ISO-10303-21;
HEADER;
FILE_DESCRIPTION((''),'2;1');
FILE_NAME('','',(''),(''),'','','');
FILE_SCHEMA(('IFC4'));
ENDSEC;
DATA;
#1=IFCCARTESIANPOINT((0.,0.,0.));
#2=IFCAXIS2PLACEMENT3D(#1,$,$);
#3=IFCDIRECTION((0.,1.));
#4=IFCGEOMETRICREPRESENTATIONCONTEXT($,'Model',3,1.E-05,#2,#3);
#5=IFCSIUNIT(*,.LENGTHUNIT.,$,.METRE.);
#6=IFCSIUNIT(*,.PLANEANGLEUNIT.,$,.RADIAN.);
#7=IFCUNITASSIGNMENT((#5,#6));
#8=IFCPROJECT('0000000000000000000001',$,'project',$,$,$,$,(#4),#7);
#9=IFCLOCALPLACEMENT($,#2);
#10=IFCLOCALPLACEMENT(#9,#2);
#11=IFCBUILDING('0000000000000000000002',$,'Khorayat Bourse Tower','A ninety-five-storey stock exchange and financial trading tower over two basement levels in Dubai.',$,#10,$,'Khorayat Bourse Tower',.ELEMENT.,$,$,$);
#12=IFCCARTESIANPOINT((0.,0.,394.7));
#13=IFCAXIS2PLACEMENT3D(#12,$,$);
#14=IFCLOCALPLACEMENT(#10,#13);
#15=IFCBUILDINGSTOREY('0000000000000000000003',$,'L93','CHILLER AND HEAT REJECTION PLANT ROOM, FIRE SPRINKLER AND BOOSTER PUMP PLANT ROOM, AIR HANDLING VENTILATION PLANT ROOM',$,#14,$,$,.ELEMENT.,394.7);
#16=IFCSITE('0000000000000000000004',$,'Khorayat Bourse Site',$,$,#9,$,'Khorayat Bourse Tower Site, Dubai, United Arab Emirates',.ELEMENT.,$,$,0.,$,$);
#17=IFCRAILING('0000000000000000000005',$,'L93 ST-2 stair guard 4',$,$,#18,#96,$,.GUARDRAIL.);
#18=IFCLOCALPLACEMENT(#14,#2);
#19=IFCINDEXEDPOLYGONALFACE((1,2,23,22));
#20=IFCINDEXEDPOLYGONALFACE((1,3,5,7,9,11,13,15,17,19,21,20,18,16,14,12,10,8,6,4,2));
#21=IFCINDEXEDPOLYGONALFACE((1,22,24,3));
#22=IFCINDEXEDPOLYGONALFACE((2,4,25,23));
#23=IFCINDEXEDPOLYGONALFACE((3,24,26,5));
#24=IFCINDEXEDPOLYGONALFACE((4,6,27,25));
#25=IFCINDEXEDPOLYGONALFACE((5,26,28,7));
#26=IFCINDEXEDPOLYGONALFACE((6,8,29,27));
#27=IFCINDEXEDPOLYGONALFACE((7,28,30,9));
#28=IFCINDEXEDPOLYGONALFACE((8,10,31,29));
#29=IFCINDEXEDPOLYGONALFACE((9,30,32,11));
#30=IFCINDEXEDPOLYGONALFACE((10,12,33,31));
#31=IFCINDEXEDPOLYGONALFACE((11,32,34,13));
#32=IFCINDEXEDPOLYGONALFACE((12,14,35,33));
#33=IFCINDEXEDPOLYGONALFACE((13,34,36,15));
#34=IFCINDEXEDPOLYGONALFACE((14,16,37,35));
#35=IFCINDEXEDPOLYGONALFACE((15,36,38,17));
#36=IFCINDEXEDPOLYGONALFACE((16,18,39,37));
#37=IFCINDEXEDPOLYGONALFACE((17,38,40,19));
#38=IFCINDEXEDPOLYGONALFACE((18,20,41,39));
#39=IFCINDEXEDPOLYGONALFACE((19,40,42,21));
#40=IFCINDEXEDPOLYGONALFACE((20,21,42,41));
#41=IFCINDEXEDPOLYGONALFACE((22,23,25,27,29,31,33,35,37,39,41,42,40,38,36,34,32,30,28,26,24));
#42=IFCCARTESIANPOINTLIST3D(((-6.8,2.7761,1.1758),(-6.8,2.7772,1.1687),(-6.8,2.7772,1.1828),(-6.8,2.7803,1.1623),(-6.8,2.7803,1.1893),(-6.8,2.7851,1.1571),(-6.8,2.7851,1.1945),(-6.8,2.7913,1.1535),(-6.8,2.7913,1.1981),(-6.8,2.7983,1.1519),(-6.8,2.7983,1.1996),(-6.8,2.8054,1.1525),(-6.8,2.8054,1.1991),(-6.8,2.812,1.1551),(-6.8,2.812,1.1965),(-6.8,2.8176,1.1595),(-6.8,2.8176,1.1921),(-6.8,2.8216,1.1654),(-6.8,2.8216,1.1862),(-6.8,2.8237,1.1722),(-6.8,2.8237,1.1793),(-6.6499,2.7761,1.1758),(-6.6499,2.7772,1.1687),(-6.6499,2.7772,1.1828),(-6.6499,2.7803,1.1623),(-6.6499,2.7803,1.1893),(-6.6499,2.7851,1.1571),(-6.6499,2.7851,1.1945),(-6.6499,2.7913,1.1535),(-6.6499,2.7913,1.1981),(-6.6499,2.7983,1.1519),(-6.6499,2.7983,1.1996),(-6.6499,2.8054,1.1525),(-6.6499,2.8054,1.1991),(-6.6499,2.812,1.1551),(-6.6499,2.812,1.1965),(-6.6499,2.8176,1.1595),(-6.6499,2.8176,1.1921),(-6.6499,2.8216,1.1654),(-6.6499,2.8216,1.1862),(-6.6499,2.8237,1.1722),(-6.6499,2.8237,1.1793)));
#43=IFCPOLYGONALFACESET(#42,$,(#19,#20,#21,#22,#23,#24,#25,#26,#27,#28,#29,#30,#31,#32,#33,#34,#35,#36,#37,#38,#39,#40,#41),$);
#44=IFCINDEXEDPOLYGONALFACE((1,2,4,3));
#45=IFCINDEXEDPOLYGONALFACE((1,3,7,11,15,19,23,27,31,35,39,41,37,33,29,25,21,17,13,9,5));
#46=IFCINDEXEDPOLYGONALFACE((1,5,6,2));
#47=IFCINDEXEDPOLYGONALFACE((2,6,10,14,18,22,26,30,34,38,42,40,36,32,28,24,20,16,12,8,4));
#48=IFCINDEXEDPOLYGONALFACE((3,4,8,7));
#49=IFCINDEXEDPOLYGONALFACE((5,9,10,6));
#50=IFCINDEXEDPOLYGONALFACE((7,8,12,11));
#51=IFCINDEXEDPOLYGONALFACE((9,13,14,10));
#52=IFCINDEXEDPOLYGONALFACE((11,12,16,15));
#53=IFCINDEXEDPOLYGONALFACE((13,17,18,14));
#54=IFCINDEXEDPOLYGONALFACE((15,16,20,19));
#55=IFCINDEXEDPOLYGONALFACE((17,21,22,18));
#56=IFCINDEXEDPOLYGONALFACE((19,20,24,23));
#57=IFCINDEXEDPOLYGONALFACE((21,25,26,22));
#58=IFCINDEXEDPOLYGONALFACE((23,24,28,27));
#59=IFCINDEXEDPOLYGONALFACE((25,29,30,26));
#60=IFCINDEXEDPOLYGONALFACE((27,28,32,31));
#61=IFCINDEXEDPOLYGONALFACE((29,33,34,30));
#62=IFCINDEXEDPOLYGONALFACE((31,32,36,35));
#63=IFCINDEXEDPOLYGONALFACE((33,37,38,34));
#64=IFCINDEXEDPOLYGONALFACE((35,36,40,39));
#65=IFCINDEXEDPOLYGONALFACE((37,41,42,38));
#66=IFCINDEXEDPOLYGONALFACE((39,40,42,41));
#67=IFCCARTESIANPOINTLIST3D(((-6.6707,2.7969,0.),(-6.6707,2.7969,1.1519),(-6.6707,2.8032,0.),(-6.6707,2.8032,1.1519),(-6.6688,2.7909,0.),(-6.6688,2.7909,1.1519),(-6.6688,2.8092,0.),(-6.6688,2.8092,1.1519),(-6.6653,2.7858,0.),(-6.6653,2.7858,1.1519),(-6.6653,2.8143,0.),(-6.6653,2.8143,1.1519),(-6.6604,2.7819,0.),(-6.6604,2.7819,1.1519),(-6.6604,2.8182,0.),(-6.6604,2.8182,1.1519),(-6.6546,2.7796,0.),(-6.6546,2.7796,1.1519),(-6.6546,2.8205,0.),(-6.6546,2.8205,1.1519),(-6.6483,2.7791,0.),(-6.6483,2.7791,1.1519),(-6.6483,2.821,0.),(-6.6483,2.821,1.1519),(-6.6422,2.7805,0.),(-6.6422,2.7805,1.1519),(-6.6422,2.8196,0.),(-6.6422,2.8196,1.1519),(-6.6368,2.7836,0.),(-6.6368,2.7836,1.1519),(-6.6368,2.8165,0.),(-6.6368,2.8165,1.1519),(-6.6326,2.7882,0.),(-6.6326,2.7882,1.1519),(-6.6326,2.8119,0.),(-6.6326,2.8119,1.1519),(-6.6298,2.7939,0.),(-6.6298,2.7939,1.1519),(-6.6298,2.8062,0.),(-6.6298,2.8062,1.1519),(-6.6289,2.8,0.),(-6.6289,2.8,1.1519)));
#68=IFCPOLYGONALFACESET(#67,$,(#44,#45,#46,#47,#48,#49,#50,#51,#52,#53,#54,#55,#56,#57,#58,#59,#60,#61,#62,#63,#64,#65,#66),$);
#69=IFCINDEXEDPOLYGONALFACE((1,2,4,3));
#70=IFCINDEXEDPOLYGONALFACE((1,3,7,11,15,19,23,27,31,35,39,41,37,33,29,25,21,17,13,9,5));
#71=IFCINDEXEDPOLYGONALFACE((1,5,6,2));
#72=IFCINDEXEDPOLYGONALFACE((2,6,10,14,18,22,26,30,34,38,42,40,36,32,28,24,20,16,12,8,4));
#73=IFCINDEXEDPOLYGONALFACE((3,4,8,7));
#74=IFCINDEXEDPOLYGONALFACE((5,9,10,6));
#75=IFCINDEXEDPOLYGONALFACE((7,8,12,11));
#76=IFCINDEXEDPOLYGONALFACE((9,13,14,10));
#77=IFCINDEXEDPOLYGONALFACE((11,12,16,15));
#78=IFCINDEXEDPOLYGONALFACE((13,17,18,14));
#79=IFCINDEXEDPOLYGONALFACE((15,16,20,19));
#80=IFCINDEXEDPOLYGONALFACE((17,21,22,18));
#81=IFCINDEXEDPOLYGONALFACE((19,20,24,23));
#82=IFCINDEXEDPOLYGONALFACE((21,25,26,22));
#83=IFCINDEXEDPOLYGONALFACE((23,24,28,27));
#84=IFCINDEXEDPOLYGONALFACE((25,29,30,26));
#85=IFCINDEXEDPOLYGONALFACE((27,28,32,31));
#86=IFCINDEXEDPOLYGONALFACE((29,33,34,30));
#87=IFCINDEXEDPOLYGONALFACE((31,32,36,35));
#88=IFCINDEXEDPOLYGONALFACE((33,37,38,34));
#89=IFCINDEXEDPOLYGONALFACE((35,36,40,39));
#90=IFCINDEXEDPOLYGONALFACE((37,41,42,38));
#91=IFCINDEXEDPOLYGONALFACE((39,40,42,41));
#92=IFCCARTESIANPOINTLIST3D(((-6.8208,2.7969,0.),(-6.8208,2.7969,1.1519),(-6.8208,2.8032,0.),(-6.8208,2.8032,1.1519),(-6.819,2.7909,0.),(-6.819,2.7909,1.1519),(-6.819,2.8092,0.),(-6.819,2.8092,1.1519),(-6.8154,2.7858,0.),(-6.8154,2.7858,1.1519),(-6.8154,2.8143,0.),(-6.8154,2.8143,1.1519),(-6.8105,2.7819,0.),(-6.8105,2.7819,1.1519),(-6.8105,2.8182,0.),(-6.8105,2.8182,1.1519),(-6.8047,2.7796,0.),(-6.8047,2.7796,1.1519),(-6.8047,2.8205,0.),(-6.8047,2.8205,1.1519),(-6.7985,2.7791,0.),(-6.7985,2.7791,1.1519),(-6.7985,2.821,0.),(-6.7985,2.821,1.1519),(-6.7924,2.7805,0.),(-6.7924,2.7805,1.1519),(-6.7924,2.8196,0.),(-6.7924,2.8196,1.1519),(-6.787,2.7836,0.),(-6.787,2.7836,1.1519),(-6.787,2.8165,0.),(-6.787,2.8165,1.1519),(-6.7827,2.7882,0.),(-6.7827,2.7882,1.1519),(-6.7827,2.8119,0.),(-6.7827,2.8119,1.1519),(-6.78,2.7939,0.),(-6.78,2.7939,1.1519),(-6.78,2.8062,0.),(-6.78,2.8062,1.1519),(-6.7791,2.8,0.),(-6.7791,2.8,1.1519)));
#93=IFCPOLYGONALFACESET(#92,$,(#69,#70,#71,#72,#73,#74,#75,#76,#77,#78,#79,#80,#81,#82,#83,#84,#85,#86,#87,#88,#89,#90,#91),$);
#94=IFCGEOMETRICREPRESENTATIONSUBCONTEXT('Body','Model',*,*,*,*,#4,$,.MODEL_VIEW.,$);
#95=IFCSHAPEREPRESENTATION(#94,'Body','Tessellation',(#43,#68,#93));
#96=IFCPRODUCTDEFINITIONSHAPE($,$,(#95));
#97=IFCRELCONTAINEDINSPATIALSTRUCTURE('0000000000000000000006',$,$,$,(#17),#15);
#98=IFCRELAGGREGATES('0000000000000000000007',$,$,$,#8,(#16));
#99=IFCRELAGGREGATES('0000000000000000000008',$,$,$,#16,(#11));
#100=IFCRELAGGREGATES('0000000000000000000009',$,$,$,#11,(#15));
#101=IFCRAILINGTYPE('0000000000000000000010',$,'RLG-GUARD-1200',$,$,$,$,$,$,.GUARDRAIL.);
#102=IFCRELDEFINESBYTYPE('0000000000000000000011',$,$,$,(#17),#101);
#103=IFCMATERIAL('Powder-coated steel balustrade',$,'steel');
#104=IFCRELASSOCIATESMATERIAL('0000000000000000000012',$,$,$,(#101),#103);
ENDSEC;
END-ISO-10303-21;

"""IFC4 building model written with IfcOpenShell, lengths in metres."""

from ifc_helpers import new_model, si_unit, direction, frame, origin, origin_2d, place, context, subcontext, project, spatial, circle, extrude, source, transform, mapped, material, type_object, element, save


model = new_model("IFC4")

# Units and contexts
model_context = context("Model", 3, precision=1e-05, world=origin(), true_north=direction((0.0, 1.0)))
body_context = subcontext(model_context, "Body", "Model", "MODEL_VIEW")
ifc_project = project(units=[si_unit("LENGTHUNIT", "METRE"), si_unit("PLANEANGLEUNIT", "RADIAN")], contexts=[model_context])

# Site, building, storey
site_placement = place(None, origin())
site = spatial("IfcSite", under=ifc_project, at=site_placement, Name="Khorayat Bourse Site", LongName="Khorayat Bourse Tower Site, Dubai, United Arab Emirates", CompositionType="ELEMENT", RefElevation=0.0)
building_placement = place(site_placement, origin())
building = spatial("IfcBuilding", under=site, at=building_placement, Name="Khorayat Bourse Tower", Description="A ninety-five-storey stock exchange and financial trading tower over two basement levels in Dubai.", LongName="Khorayat Bourse Tower", CompositionType="ELEMENT")
storey_placement = place(building_placement, frame((0.0, 0.0, 394.7)))
storey = spatial("IfcBuildingStorey", under=building, at=storey_placement, Name="L93", Description="CHILLER AND HEAT REJECTION PLANT ROOM, FIRE SPRINKLER AND BOOSTER PUMP PLANT ROOM, AIR HANDLING VENTILATION PLANT ROOM", CompositionType="ELEMENT", Elevation=394.7)

# Railing
ifc_material_1 = material(Name="Powder-coated steel balustrade", Category="steel")
railing_type_1 = type_object("IfcRailingType", Name="RLG-GUARD-1200", PredefinedType="GUARDRAIL", material=ifc_material_1)
shared_shape_1 = source(origin(), body_context, "Body", "SweptSolid", [
    extrude(circle(Radius=0.0239, at=origin_2d()), frame((0.0, 0.0, 1.1758), z_axis=(-1.0, 0.0, 0.0), x_axis=(0.0, -1.0, 0.0)), (0.0, 0.0, 1.0), 0.1501),
    extrude(circle(Radius=0.021, at=origin_2d()), origin(), (0.0, 0.0, 1.0), 1.1519),
    extrude(circle(Radius=0.021, at=origin_2d()), frame((-0.1501, 0.0, 0.0)), (0.0, 0.0, 1.0), 1.1519),
])
for number, where, name in (
    (1, (-6.6499, 2.8, 0.0), "L93 ST-2 stair guard 4"),
):
    element("IfcRailing", number, at=place(storey_placement, frame(where)), inside=storey, type_object=railing_type_1, Name=name, PredefinedType="GUARDRAIL", context=body_context, shape_type="MappedRepresentation", body=[
        mapped(shared_shape_1, transform((0.0, 0.0, 0.0), scale=1.0)),
    ])

save(model, "model.ifc")
